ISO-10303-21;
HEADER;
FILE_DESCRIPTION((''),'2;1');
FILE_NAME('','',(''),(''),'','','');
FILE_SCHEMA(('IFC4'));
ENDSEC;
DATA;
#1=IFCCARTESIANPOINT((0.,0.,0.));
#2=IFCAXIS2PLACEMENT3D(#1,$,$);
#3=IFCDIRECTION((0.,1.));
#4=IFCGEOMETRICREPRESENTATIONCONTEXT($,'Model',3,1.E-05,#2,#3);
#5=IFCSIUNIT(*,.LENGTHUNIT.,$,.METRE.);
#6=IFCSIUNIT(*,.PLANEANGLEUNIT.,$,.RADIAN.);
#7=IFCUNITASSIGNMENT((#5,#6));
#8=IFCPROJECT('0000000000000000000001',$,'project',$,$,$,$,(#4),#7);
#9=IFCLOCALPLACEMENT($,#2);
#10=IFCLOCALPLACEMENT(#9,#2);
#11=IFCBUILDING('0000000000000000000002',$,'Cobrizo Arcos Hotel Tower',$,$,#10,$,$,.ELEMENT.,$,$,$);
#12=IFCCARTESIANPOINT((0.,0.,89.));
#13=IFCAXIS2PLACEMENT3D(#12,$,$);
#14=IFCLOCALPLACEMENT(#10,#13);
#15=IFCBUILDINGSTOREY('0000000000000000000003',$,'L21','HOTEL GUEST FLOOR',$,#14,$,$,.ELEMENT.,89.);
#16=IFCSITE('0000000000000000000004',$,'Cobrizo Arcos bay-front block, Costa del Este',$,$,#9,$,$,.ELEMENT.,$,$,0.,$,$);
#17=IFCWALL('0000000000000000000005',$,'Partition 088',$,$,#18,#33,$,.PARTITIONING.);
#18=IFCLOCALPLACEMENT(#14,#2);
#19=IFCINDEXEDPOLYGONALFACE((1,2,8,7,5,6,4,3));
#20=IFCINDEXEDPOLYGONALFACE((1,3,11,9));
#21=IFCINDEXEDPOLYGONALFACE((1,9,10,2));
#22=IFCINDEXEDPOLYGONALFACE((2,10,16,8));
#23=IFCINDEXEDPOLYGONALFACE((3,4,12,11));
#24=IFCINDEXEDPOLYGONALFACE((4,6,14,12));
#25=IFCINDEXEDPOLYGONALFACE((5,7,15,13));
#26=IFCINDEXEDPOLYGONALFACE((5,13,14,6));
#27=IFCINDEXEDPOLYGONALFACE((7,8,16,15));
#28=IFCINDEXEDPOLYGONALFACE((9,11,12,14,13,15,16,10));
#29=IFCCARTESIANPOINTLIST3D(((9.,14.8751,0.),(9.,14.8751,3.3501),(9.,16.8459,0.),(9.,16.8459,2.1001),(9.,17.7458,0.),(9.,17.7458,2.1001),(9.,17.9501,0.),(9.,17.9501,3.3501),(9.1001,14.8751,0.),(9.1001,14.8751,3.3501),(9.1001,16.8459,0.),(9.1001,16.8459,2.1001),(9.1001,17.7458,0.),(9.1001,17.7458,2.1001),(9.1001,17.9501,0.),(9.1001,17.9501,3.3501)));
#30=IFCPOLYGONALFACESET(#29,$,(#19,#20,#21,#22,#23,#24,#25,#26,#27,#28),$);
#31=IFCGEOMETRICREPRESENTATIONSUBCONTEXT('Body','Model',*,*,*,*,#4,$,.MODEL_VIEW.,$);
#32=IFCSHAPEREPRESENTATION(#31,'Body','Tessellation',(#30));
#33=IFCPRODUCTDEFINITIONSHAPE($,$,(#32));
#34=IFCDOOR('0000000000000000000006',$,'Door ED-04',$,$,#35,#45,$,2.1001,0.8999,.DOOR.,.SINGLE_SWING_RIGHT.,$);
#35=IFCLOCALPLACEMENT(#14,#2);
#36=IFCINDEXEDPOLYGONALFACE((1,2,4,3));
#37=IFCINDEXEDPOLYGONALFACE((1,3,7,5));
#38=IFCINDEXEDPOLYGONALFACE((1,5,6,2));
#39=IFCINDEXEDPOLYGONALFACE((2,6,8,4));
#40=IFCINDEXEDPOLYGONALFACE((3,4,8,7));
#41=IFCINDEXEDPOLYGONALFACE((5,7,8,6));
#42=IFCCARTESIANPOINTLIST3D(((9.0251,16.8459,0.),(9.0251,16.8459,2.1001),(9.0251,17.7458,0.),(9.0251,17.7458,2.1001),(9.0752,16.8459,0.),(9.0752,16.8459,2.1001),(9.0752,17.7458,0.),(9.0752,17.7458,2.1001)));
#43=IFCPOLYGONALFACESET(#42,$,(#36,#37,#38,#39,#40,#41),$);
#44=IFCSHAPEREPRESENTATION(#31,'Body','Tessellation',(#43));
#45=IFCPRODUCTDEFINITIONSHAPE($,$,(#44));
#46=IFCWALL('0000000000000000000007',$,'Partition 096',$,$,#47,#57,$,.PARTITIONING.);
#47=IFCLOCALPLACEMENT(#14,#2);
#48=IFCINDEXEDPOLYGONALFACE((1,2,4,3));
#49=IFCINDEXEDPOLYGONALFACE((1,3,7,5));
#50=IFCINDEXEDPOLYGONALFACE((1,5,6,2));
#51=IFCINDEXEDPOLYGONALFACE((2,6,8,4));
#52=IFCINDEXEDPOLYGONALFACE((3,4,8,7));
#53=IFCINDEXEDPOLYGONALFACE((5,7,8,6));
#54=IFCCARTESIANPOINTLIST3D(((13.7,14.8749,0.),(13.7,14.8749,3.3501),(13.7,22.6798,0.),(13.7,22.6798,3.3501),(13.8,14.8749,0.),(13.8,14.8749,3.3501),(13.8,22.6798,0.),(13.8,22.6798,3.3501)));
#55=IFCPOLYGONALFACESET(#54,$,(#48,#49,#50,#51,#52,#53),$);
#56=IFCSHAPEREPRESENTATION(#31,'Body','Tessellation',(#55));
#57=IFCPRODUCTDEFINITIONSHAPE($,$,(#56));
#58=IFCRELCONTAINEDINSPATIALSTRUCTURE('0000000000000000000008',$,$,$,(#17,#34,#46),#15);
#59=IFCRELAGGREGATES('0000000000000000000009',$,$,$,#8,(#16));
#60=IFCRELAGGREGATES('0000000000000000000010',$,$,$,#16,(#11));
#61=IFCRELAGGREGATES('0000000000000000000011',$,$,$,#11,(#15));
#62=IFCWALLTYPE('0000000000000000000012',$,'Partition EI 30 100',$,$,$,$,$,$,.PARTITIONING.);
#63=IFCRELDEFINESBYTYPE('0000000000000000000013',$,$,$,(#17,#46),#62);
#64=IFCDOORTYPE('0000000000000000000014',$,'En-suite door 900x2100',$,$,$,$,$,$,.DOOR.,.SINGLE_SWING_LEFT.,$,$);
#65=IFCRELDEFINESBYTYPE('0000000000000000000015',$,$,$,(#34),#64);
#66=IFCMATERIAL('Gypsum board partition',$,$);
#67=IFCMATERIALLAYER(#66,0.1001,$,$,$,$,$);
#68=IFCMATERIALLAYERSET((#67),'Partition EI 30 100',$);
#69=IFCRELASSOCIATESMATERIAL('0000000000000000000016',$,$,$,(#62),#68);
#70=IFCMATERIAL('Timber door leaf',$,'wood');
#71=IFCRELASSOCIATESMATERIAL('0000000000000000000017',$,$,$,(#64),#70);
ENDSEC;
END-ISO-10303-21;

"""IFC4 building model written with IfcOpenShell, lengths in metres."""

from ifc_helpers import new_model, si_unit, direction, frame, frame_2d, origin, place, context, subcontext, project, spatial, rectangle, extrude, material, layer, layer_set, type_object, element, fill, save


model = new_model("IFC4")

# Units and contexts
model_context = context("Model", 3, precision=1e-05, world=origin(), true_north=direction((0.0, 1.0)))
body_context = subcontext(model_context, "Body", "Model", "MODEL_VIEW")
ifc_project = project(units=[si_unit("LENGTHUNIT", "METRE"), si_unit("PLANEANGLEUNIT", "RADIAN")], contexts=[model_context])

# Site, building, storey
site_placement = place(None, origin())
site = spatial("IfcSite", under=ifc_project, at=site_placement, Name="Cobrizo Arcos bay-front block, Costa del Este", CompositionType="ELEMENT", RefElevation=0.0)
building_placement = place(site_placement, origin())
building = spatial("IfcBuilding", under=site, at=building_placement, Name="Cobrizo Arcos Hotel Tower", CompositionType="ELEMENT")
storey_placement = place(building_placement, frame((0.0, 0.0, 89.0)))
storey = spatial("IfcBuildingStorey", under=building, at=storey_placement, Name="L21", Description="HOTEL GUEST FLOOR", CompositionType="ELEMENT", Elevation=89.0)

# Shared definitions
ifc_material_1 = material(Name="Gypsum board partition")
ifc_layer_1 = layer(ifc_material_1, 0.1001)
ifc_layer_set_1 = layer_set([ifc_layer_1], Name="Partition EI 30 100")
wall_type_1 = type_object("IfcWallType", Name="Partition EI 30 100", PredefinedType="PARTITIONING", material=ifc_layer_set_1)

# Shared definitions
ifc_material_2 = material(Name="Timber door leaf", Category="wood")

# Wall, opening, door
wall_1_placement = place(storey_placement, frame((9.05, 14.875, 0.0), z_axis=(0.0, 0.0, 1.0), x_axis=(0.0, 1.0, 0.0)))
wall_1 = element("IfcWall", 1, at=wall_1_placement, inside=storey, type_object=wall_type_1, Name="Partition 088", PredefinedType="PARTITIONING", context=body_context, shape_type="SweptSolid", body=[
    extrude(rectangle(XDim=3.075, YDim=0.1001, at=frame_2d((1.5376, 0.0))), origin(), (0.0, 0.0, 1.0), 3.3501),
])
opening_1_placement = place(wall_1_placement, frame((1.9709, 0.0, 0.0)))
opening_1 = element("IfcOpeningElement", 2, at=opening_1_placement, cuts=wall_1, PredefinedType="OPENING", context=body_context, shape_type="SweptSolid", body=[
    extrude(rectangle(XDim=0.8999, YDim=2.1001, at=frame_2d((0.45, 1.05))), frame((0.0, 0.062, 0.0), z_axis=(0.0, -1.0, 0.0), x_axis=(1.0, 0.0, 0.0)), (0.0, 0.0, 1.0), 0.124),
])
door_type_1 = type_object("IfcDoorType", Name="En-suite door 900x2100", OperationType="SINGLE_SWING_LEFT", PredefinedType="DOOR", material=ifc_material_2)
door_1_placement = place(opening_1_placement, origin())
door_1 = element("IfcDoor", 3, at=door_1_placement, inside=storey, type_object=door_type_1, Name="Door ED-04", OperationType="SINGLE_SWING_RIGHT", OverallHeight=2.1001, OverallWidth=0.8999, PredefinedType="DOOR", context=body_context, shape_type="SweptSolid", body=[
    extrude(rectangle(XDim=0.8999, YDim=2.1001, at=frame_2d((0.45, 1.05))), frame((0.0, 0.0249, 0.0), z_axis=(0.0, -1.0, 0.0), x_axis=(1.0, 0.0, 0.0)), (0.0, 0.0, 1.0), 0.05),
])
fill(opening_1, door_1)

# Wall
wall_2_placement = place(storey_placement, frame((13.75, 14.875, 0.0), z_axis=(0.0, 0.0, 1.0), x_axis=(0.0, 1.0, 0.0)))
element("IfcWall", 4, at=wall_2_placement, inside=storey, type_object=wall_type_1, Name="Partition 096", PredefinedType="PARTITIONING", context=body_context, shape_type="SweptSolid", body=[
    extrude(rectangle(XDim=7.8049, YDim=0.1001, at=frame_2d((3.9023, 0.0))), origin(), (0.0, 0.0, 1.0), 3.3501),
])

save(model, "model.ifc")
